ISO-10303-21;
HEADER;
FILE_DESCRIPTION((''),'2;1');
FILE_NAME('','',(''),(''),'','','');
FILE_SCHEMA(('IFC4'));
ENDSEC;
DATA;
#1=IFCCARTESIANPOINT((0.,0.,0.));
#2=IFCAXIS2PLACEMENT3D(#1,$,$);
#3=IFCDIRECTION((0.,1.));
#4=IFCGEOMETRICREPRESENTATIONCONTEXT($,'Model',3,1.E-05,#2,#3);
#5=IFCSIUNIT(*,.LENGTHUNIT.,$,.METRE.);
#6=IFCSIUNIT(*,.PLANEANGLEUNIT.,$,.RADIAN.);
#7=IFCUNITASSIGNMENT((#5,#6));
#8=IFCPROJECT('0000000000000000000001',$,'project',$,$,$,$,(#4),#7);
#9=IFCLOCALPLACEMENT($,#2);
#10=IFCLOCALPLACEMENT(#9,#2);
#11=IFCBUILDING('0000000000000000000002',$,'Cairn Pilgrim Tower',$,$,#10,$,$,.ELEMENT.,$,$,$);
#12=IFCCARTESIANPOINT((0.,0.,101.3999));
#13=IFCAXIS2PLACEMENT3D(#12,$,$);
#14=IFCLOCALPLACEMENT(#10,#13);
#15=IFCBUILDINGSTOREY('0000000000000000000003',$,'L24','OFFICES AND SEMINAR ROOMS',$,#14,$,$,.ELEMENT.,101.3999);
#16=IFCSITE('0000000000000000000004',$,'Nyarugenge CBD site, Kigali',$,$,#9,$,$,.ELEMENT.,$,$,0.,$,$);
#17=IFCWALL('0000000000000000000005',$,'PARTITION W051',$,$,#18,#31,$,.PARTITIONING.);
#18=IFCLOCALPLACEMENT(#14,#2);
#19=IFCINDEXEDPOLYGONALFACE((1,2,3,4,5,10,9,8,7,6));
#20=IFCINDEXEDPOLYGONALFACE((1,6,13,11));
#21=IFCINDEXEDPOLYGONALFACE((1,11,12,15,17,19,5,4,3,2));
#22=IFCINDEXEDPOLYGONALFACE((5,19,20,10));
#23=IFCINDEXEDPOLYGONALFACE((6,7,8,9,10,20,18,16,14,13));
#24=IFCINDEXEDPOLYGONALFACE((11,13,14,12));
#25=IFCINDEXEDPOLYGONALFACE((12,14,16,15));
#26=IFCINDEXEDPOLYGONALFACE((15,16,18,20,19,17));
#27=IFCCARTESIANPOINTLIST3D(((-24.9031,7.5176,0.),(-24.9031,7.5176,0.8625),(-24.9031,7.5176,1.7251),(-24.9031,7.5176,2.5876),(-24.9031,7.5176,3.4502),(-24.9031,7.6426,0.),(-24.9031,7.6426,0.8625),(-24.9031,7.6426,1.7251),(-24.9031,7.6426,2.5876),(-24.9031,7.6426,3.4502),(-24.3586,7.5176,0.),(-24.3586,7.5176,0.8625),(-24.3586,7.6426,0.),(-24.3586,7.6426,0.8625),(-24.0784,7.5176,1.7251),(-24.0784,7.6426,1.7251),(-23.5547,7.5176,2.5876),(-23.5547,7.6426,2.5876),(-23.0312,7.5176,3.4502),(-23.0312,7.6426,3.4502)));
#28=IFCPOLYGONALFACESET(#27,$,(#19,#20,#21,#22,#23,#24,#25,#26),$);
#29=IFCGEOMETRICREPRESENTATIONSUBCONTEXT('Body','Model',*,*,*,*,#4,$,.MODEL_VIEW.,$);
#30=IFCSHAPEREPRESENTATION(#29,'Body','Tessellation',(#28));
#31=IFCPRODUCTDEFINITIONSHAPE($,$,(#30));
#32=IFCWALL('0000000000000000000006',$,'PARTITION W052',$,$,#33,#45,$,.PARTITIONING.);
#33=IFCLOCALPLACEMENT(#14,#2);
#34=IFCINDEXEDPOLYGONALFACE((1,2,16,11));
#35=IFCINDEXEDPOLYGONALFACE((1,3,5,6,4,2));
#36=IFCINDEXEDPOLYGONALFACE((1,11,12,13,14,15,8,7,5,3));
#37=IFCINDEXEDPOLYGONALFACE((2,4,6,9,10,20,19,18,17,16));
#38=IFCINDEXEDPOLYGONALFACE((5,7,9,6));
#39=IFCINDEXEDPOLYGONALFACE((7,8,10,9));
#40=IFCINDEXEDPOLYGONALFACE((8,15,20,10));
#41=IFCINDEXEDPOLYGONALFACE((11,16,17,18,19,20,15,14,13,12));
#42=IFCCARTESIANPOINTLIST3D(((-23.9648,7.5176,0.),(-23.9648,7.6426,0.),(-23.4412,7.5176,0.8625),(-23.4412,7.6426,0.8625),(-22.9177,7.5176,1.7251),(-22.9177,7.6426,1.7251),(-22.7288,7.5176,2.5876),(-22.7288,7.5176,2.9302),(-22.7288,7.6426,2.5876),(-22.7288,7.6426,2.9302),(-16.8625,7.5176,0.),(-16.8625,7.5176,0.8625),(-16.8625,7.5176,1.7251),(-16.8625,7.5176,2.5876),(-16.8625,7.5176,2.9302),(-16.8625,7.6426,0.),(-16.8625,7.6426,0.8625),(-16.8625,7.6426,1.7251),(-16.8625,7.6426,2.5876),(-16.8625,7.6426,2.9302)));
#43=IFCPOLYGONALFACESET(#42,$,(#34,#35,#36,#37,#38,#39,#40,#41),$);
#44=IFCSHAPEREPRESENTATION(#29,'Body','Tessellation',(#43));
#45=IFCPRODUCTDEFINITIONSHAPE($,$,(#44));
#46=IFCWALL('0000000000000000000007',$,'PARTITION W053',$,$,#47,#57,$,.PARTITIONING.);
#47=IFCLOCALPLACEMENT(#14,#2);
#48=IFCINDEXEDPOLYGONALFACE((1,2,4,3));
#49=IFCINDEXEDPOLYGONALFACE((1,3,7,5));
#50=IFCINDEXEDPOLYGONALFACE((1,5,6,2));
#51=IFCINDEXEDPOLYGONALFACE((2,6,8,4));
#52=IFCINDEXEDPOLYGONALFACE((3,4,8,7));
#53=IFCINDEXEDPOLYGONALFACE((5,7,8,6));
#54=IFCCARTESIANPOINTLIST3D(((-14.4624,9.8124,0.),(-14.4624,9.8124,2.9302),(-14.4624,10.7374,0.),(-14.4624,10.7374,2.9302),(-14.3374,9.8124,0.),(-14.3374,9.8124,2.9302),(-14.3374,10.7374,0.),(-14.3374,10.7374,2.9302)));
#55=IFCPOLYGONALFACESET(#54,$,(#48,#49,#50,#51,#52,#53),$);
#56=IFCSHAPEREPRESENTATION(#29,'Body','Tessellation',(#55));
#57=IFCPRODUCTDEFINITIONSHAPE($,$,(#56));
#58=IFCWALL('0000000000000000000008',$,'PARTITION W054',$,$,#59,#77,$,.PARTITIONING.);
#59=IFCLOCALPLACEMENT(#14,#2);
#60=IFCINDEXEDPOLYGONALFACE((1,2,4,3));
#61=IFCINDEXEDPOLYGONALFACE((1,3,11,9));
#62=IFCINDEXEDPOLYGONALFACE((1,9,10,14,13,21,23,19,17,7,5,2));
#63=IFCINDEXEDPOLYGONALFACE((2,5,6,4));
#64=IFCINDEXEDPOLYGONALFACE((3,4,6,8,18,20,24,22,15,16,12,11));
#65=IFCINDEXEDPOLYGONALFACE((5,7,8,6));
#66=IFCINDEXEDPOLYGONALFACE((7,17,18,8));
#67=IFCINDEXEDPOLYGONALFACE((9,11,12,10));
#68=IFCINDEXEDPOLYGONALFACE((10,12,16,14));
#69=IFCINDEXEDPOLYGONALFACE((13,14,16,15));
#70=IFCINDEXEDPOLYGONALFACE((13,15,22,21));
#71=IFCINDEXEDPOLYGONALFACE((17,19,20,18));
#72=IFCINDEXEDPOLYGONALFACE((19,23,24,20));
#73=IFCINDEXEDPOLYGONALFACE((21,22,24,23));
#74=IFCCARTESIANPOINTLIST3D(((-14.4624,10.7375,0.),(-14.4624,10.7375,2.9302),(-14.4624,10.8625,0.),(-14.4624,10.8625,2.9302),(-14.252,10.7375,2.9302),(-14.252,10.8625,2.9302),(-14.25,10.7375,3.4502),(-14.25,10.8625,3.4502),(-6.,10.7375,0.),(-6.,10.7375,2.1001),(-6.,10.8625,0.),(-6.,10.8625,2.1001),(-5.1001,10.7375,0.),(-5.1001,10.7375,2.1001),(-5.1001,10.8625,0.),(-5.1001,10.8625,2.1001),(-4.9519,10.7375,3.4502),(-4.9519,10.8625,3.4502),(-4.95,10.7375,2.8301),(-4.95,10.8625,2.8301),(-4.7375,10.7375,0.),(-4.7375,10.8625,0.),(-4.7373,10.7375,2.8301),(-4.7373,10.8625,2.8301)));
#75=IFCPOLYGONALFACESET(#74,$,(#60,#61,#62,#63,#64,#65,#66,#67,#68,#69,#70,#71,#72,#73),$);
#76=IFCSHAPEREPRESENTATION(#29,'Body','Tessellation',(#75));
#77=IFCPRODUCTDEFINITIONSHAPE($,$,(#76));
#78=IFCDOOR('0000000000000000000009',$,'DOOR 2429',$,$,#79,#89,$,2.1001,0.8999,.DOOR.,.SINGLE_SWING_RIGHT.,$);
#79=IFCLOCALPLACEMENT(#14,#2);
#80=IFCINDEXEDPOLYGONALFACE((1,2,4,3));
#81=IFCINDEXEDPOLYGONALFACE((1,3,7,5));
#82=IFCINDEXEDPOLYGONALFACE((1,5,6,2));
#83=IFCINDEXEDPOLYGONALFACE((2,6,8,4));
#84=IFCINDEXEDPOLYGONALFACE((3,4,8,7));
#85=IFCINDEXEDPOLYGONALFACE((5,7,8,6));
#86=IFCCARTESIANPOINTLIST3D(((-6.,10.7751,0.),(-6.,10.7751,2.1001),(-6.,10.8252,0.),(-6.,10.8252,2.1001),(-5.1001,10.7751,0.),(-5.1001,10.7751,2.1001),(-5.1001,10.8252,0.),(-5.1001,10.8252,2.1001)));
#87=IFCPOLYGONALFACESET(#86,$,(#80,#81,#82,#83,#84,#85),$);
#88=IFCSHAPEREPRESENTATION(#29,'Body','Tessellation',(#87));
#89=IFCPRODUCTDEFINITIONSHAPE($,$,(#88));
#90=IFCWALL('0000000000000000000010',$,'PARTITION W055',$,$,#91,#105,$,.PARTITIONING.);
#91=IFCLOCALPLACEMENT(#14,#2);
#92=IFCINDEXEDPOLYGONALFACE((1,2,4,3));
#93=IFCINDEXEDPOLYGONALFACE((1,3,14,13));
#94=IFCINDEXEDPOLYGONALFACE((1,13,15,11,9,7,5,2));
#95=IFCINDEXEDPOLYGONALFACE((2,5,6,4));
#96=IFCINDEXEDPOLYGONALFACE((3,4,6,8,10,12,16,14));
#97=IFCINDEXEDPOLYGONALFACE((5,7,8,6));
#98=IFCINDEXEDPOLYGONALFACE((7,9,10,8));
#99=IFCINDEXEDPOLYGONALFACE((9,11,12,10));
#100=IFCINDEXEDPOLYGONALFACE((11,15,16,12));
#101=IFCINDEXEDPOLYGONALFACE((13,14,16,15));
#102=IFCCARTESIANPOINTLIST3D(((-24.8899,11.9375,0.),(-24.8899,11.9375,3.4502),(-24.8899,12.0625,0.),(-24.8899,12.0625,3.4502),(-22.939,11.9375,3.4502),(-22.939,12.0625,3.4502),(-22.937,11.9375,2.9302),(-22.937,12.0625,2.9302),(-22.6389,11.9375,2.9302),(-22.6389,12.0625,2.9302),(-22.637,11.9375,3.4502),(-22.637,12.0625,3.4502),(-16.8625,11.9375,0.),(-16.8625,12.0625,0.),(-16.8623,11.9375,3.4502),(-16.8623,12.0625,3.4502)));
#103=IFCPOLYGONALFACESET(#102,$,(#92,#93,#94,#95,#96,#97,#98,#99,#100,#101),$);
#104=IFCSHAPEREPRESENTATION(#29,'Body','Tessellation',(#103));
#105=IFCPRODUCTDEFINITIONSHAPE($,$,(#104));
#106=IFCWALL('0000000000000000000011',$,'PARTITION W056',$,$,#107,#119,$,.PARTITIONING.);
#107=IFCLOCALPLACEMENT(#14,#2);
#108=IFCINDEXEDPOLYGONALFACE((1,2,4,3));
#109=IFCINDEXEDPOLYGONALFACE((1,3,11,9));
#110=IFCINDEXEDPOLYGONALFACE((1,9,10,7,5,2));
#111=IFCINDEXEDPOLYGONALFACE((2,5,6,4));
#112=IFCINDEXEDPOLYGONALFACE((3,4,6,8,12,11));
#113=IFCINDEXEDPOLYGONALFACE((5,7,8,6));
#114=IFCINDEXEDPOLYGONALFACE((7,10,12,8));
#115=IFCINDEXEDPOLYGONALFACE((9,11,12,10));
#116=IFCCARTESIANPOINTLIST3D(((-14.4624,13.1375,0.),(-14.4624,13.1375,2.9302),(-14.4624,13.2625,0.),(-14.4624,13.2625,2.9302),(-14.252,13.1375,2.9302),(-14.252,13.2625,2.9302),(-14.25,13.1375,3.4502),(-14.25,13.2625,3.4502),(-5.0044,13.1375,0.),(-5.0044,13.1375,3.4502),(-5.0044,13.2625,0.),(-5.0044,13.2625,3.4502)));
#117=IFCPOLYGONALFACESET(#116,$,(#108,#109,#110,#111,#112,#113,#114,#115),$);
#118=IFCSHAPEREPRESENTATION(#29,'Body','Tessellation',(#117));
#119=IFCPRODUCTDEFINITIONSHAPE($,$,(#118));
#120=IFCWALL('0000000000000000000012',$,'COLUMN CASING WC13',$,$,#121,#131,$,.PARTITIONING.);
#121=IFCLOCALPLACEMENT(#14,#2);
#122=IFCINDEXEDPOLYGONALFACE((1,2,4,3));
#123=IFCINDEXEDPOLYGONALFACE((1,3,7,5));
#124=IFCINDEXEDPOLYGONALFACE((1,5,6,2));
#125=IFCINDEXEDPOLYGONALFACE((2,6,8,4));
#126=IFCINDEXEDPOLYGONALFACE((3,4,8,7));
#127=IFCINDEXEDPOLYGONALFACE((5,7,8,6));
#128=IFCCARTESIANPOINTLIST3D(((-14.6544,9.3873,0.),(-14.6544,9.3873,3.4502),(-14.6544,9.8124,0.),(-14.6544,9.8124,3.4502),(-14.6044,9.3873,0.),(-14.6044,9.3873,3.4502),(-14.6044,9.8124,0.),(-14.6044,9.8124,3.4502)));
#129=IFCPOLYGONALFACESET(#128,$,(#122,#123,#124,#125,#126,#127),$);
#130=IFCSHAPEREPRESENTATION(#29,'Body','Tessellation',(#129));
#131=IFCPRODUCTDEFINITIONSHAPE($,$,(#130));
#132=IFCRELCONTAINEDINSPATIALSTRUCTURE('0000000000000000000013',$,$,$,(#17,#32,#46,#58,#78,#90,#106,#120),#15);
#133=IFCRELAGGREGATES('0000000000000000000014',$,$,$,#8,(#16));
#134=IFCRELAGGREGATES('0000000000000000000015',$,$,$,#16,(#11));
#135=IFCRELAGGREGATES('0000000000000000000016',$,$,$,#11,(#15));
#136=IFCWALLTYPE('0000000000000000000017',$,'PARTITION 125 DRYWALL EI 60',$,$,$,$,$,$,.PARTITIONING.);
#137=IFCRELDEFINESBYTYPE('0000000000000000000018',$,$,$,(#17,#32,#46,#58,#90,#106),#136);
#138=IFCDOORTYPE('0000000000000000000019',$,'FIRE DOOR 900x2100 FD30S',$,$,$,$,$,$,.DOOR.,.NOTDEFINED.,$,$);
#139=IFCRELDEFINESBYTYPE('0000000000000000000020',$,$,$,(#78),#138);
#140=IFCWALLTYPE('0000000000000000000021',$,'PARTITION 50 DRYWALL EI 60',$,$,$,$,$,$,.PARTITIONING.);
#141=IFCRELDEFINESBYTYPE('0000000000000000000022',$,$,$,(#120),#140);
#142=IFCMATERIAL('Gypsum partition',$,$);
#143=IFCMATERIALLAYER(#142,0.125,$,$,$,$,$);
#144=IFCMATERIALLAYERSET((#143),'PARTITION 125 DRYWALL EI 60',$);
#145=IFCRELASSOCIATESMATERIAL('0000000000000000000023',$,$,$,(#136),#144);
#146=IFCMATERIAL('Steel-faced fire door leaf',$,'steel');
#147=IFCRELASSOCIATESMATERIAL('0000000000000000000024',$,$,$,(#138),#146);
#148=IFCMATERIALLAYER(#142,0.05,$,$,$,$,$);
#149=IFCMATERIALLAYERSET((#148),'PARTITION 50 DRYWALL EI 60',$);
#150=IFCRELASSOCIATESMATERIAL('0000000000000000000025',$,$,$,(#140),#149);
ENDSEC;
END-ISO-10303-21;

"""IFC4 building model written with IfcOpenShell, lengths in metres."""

from ifc_helpers import new_model, si_unit, direction, frame, frame_2d, origin, place, context, subcontext, project, spatial, polyline, rectangle, outline, extrude, material, layer, layer_set, type_object, element, fill, save


model = new_model("IFC4")

# Units and contexts
model_context = context("Model", 3, precision=1e-05, world=origin(), true_north=direction((0.0, 1.0)))
body_context = subcontext(model_context, "Body", "Model", "MODEL_VIEW")
ifc_project = project(units=[si_unit("LENGTHUNIT", "METRE"), si_unit("PLANEANGLEUNIT", "RADIAN")], contexts=[model_context])

# Site, building, storey
site_placement = place(None, origin())
site = spatial("IfcSite", under=ifc_project, at=site_placement, Name="Nyarugenge CBD site, Kigali", CompositionType="ELEMENT", RefElevation=0.0)
building_placement = place(site_placement, origin())
building = spatial("IfcBuilding", under=site, at=building_placement, Name="Cairn Pilgrim Tower", CompositionType="ELEMENT")
storey_placement = place(building_placement, frame((0.0, 0.0, 101.3999)))
storey = spatial("IfcBuildingStorey", under=building, at=storey_placement, Name="L24", Description="OFFICES AND SEMINAR ROOMS", CompositionType="ELEMENT", Elevation=101.3999)

# Shared definitions
ifc_material_1 = material(Name="Gypsum partition")
ifc_layer_1 = layer(ifc_material_1, 0.125)
ifc_layer_set_1 = layer_set([ifc_layer_1], Name="PARTITION 125 DRYWALL EI 60")
wall_type_1 = type_object("IfcWallType", Name="PARTITION 125 DRYWALL EI 60", PredefinedType="PARTITIONING", material=ifc_layer_set_1)

# Shared definitions
ifc_material_2 = material(Name="Steel-faced fire door leaf", Category="steel")

# Walls
wall_1_placement = place(storey_placement, frame((-24.9031, 7.5801, 0.0), z_axis=(0.0, 0.0, 1.0), x_axis=(1.0, 0.0, 0.0)))
element("IfcWall", 1, at=wall_1_placement, inside=storey, type_object=wall_type_1, Name="PARTITION W051", PredefinedType="PARTITIONING", context=body_context, shape_type="SweptSolid", body=[
    extrude(outline(polyline([(0.0, 0.0), (0.5444, 0.0), (0.5444, 0.8625), (0.8247, 1.7251), (1.3484, 2.5876), (1.8718, 3.4502), (0.0, 3.4502), (0.0, 2.5876), (0.0, 1.7251), (0.0, 0.8625), (0.0, 0.0)])), frame((0.0, 0.0625, 0.0), z_axis=(0.0, -1.0, 0.0), x_axis=(1.0, 0.0, 0.0)), (0.0, 0.0, 1.0), 0.125),
])
wall_2_placement = place(storey_placement, frame((-23.9648, 7.5801, 0.0), z_axis=(0.0, 0.0, 1.0), x_axis=(1.0, 0.0, 0.0)))
element("IfcWall", 2, at=wall_2_placement, inside=storey, type_object=wall_type_1, Name="PARTITION W052", PredefinedType="PARTITIONING", context=body_context, shape_type="SweptSolid", body=[
    extrude(outline(polyline([(0.0, 0.0), (7.1023, 0.0), (7.1023, 0.8625), (7.1023, 1.7251), (7.1023, 2.5876), (7.1023, 2.9302), (1.2361, 2.9302), (1.2361, 2.5876), (1.0471, 1.7251), (0.5237, 0.8625), (0.0, 0.0)])), frame((0.0, 0.0625, 0.0), z_axis=(0.0, -1.0, 0.0), x_axis=(1.0, 0.0, 0.0)), (0.0, 0.0, 1.0), 0.125),
])
wall_3_placement = place(storey_placement, frame((-14.3999, 9.8125, 0.0), z_axis=(0.0, 0.0, 1.0), x_axis=(0.0, 1.0, 0.0)))
element("IfcWall", 3, at=wall_3_placement, inside=storey, type_object=wall_type_1, Name="PARTITION W053", PredefinedType="PARTITIONING", context=body_context, shape_type="SweptSolid", body=[
    extrude(rectangle(XDim=0.925, YDim=0.125, at=frame_2d((0.4624, 0.0))), origin(), (0.0, 0.0, 1.0), 2.9302),
])

# Wall, opening, door
wall_4_placement = place(storey_placement, frame((-14.4624, 10.8, 0.0), z_axis=(0.0, 0.0, 1.0), x_axis=(1.0, 0.0, 0.0)))
wall_4 = element("IfcWall", 4, at=wall_4_placement, inside=storey, type_object=wall_type_1, Name="PARTITION W054", PredefinedType="PARTITIONING", context=body_context, shape_type="SweptSolid", body=[
    extrude(outline(polyline([(0.0, 0.0), (9.7249, 0.0), (9.7251, 2.8301), (9.5125, 2.8301), (9.5105, 3.4502), (0.2124, 3.4502), (0.2104, 2.9302), (0.0, 2.9302), (0.0, 0.0)])), frame((0.0, 0.0625, 0.0), z_axis=(0.0, -1.0, 0.0), x_axis=(1.0, 0.0, 0.0)), (0.0, 0.0, 1.0), 0.125),
])
opening_1_placement = place(wall_4_placement, frame((8.4624, 0.0, 0.0)))
opening_1 = element("IfcOpeningElement", 5, at=opening_1_placement, cuts=wall_4, PredefinedType="OPENING", context=body_context, shape_type="SweptSolid", body=[
    extrude(rectangle(XDim=0.8999, YDim=2.1001, at=frame_2d((0.45, 1.05))), frame((0.0, 0.0725, 0.0), z_axis=(0.0, -1.0, 0.0), x_axis=(1.0, 0.0, 0.0)), (0.0, 0.0, 1.0), 0.145),
])
door_type_1 = type_object("IfcDoorType", Name="FIRE DOOR 900x2100 FD30S", OperationType="NOTDEFINED", PredefinedType="DOOR", material=ifc_material_2)
door_1_placement = place(opening_1_placement, frame((0.8999, 0.0, 0.0), z_axis=(0.0, 0.0, 1.0), x_axis=(-1.0, 0.0, 0.0)))
door_1 = element("IfcDoor", 6, at=door_1_placement, inside=storey, type_object=door_type_1, Name="DOOR 2429", OperationType="SINGLE_SWING_RIGHT", OverallHeight=2.1001, OverallWidth=0.8999, PredefinedType="DOOR", context=body_context, shape_type="SweptSolid", body=[
    extrude(rectangle(XDim=0.8999, YDim=2.1001, at=frame_2d((0.45, 1.05))), frame((0.0, 0.0249, 0.0), z_axis=(0.0, -1.0, 0.0), x_axis=(1.0, 0.0, 0.0)), (0.0, 0.0, 1.0), 0.05),
])
fill(opening_1, door_1)

# Walls
wall_5_placement = place(storey_placement, frame((-24.8899, 12.0, 0.0), z_axis=(0.0, 0.0, 1.0), x_axis=(1.0, 0.0, 0.0)))
element("IfcWall", 7, at=wall_5_placement, inside=storey, type_object=wall_type_1, Name="PARTITION W055", PredefinedType="PARTITIONING", context=body_context, shape_type="SweptSolid", body=[
    extrude(outline(polyline([(0.0, 0.0), (8.0273, 0.0), (8.0276, 3.4502), (2.2529, 3.4502), (2.251, 2.9302), (1.9529, 2.9302), (1.9509, 3.4502), (0.0, 3.4502), (0.0, 0.0)])), frame((0.0, 0.0625, 0.0), z_axis=(0.0, -1.0, 0.0), x_axis=(1.0, 0.0, 0.0)), (0.0, 0.0, 1.0), 0.125),
])
wall_6_placement = place(storey_placement, frame((-14.4624, 13.2, 0.0), z_axis=(0.0, 0.0, 1.0), x_axis=(1.0, 0.0, 0.0)))
element("IfcWall", 8, at=wall_6_placement, inside=storey, type_object=wall_type_1, Name="PARTITION W056", PredefinedType="PARTITIONING", context=body_context, shape_type="SweptSolid", body=[
    extrude(outline(polyline([(0.0, 0.0), (9.458, 0.0), (9.458, 3.4502), (0.2124, 3.4502), (0.2104, 2.9302), (0.0, 2.9302), (0.0, 0.0)])), frame((0.0, 0.0625, 0.0), z_axis=(0.0, -1.0, 0.0), x_axis=(1.0, 0.0, 0.0)), (0.0, 0.0, 1.0), 0.125),
])
ifc_layer_2 = layer(ifc_material_1, 0.05)
ifc_layer_set_2 = layer_set([ifc_layer_2], Name="PARTITION 50 DRYWALL EI 60")
wall_type_2 = type_object("IfcWallType", Name="PARTITION 50 DRYWALL EI 60", PredefinedType="PARTITIONING", material=ifc_layer_set_2)
wall_7_placement = place(storey_placement, frame((-14.6294, 9.3875, 0.0), z_axis=(0.0, 0.0, 1.0), x_axis=(0.0, 1.0, 0.0)))
element("IfcWall", 9, at=wall_7_placement, inside=storey, type_object=wall_type_2, Name="COLUMN CASING WC13", PredefinedType="PARTITIONING", context=body_context, shape_type="SweptSolid", body=[
    extrude(rectangle(XDim=0.425, YDim=0.05, at=frame_2d((0.2124, 0.0))), origin(), (0.0, 0.0, 1.0), 3.4502),
])

save(model, "model.ifc")
